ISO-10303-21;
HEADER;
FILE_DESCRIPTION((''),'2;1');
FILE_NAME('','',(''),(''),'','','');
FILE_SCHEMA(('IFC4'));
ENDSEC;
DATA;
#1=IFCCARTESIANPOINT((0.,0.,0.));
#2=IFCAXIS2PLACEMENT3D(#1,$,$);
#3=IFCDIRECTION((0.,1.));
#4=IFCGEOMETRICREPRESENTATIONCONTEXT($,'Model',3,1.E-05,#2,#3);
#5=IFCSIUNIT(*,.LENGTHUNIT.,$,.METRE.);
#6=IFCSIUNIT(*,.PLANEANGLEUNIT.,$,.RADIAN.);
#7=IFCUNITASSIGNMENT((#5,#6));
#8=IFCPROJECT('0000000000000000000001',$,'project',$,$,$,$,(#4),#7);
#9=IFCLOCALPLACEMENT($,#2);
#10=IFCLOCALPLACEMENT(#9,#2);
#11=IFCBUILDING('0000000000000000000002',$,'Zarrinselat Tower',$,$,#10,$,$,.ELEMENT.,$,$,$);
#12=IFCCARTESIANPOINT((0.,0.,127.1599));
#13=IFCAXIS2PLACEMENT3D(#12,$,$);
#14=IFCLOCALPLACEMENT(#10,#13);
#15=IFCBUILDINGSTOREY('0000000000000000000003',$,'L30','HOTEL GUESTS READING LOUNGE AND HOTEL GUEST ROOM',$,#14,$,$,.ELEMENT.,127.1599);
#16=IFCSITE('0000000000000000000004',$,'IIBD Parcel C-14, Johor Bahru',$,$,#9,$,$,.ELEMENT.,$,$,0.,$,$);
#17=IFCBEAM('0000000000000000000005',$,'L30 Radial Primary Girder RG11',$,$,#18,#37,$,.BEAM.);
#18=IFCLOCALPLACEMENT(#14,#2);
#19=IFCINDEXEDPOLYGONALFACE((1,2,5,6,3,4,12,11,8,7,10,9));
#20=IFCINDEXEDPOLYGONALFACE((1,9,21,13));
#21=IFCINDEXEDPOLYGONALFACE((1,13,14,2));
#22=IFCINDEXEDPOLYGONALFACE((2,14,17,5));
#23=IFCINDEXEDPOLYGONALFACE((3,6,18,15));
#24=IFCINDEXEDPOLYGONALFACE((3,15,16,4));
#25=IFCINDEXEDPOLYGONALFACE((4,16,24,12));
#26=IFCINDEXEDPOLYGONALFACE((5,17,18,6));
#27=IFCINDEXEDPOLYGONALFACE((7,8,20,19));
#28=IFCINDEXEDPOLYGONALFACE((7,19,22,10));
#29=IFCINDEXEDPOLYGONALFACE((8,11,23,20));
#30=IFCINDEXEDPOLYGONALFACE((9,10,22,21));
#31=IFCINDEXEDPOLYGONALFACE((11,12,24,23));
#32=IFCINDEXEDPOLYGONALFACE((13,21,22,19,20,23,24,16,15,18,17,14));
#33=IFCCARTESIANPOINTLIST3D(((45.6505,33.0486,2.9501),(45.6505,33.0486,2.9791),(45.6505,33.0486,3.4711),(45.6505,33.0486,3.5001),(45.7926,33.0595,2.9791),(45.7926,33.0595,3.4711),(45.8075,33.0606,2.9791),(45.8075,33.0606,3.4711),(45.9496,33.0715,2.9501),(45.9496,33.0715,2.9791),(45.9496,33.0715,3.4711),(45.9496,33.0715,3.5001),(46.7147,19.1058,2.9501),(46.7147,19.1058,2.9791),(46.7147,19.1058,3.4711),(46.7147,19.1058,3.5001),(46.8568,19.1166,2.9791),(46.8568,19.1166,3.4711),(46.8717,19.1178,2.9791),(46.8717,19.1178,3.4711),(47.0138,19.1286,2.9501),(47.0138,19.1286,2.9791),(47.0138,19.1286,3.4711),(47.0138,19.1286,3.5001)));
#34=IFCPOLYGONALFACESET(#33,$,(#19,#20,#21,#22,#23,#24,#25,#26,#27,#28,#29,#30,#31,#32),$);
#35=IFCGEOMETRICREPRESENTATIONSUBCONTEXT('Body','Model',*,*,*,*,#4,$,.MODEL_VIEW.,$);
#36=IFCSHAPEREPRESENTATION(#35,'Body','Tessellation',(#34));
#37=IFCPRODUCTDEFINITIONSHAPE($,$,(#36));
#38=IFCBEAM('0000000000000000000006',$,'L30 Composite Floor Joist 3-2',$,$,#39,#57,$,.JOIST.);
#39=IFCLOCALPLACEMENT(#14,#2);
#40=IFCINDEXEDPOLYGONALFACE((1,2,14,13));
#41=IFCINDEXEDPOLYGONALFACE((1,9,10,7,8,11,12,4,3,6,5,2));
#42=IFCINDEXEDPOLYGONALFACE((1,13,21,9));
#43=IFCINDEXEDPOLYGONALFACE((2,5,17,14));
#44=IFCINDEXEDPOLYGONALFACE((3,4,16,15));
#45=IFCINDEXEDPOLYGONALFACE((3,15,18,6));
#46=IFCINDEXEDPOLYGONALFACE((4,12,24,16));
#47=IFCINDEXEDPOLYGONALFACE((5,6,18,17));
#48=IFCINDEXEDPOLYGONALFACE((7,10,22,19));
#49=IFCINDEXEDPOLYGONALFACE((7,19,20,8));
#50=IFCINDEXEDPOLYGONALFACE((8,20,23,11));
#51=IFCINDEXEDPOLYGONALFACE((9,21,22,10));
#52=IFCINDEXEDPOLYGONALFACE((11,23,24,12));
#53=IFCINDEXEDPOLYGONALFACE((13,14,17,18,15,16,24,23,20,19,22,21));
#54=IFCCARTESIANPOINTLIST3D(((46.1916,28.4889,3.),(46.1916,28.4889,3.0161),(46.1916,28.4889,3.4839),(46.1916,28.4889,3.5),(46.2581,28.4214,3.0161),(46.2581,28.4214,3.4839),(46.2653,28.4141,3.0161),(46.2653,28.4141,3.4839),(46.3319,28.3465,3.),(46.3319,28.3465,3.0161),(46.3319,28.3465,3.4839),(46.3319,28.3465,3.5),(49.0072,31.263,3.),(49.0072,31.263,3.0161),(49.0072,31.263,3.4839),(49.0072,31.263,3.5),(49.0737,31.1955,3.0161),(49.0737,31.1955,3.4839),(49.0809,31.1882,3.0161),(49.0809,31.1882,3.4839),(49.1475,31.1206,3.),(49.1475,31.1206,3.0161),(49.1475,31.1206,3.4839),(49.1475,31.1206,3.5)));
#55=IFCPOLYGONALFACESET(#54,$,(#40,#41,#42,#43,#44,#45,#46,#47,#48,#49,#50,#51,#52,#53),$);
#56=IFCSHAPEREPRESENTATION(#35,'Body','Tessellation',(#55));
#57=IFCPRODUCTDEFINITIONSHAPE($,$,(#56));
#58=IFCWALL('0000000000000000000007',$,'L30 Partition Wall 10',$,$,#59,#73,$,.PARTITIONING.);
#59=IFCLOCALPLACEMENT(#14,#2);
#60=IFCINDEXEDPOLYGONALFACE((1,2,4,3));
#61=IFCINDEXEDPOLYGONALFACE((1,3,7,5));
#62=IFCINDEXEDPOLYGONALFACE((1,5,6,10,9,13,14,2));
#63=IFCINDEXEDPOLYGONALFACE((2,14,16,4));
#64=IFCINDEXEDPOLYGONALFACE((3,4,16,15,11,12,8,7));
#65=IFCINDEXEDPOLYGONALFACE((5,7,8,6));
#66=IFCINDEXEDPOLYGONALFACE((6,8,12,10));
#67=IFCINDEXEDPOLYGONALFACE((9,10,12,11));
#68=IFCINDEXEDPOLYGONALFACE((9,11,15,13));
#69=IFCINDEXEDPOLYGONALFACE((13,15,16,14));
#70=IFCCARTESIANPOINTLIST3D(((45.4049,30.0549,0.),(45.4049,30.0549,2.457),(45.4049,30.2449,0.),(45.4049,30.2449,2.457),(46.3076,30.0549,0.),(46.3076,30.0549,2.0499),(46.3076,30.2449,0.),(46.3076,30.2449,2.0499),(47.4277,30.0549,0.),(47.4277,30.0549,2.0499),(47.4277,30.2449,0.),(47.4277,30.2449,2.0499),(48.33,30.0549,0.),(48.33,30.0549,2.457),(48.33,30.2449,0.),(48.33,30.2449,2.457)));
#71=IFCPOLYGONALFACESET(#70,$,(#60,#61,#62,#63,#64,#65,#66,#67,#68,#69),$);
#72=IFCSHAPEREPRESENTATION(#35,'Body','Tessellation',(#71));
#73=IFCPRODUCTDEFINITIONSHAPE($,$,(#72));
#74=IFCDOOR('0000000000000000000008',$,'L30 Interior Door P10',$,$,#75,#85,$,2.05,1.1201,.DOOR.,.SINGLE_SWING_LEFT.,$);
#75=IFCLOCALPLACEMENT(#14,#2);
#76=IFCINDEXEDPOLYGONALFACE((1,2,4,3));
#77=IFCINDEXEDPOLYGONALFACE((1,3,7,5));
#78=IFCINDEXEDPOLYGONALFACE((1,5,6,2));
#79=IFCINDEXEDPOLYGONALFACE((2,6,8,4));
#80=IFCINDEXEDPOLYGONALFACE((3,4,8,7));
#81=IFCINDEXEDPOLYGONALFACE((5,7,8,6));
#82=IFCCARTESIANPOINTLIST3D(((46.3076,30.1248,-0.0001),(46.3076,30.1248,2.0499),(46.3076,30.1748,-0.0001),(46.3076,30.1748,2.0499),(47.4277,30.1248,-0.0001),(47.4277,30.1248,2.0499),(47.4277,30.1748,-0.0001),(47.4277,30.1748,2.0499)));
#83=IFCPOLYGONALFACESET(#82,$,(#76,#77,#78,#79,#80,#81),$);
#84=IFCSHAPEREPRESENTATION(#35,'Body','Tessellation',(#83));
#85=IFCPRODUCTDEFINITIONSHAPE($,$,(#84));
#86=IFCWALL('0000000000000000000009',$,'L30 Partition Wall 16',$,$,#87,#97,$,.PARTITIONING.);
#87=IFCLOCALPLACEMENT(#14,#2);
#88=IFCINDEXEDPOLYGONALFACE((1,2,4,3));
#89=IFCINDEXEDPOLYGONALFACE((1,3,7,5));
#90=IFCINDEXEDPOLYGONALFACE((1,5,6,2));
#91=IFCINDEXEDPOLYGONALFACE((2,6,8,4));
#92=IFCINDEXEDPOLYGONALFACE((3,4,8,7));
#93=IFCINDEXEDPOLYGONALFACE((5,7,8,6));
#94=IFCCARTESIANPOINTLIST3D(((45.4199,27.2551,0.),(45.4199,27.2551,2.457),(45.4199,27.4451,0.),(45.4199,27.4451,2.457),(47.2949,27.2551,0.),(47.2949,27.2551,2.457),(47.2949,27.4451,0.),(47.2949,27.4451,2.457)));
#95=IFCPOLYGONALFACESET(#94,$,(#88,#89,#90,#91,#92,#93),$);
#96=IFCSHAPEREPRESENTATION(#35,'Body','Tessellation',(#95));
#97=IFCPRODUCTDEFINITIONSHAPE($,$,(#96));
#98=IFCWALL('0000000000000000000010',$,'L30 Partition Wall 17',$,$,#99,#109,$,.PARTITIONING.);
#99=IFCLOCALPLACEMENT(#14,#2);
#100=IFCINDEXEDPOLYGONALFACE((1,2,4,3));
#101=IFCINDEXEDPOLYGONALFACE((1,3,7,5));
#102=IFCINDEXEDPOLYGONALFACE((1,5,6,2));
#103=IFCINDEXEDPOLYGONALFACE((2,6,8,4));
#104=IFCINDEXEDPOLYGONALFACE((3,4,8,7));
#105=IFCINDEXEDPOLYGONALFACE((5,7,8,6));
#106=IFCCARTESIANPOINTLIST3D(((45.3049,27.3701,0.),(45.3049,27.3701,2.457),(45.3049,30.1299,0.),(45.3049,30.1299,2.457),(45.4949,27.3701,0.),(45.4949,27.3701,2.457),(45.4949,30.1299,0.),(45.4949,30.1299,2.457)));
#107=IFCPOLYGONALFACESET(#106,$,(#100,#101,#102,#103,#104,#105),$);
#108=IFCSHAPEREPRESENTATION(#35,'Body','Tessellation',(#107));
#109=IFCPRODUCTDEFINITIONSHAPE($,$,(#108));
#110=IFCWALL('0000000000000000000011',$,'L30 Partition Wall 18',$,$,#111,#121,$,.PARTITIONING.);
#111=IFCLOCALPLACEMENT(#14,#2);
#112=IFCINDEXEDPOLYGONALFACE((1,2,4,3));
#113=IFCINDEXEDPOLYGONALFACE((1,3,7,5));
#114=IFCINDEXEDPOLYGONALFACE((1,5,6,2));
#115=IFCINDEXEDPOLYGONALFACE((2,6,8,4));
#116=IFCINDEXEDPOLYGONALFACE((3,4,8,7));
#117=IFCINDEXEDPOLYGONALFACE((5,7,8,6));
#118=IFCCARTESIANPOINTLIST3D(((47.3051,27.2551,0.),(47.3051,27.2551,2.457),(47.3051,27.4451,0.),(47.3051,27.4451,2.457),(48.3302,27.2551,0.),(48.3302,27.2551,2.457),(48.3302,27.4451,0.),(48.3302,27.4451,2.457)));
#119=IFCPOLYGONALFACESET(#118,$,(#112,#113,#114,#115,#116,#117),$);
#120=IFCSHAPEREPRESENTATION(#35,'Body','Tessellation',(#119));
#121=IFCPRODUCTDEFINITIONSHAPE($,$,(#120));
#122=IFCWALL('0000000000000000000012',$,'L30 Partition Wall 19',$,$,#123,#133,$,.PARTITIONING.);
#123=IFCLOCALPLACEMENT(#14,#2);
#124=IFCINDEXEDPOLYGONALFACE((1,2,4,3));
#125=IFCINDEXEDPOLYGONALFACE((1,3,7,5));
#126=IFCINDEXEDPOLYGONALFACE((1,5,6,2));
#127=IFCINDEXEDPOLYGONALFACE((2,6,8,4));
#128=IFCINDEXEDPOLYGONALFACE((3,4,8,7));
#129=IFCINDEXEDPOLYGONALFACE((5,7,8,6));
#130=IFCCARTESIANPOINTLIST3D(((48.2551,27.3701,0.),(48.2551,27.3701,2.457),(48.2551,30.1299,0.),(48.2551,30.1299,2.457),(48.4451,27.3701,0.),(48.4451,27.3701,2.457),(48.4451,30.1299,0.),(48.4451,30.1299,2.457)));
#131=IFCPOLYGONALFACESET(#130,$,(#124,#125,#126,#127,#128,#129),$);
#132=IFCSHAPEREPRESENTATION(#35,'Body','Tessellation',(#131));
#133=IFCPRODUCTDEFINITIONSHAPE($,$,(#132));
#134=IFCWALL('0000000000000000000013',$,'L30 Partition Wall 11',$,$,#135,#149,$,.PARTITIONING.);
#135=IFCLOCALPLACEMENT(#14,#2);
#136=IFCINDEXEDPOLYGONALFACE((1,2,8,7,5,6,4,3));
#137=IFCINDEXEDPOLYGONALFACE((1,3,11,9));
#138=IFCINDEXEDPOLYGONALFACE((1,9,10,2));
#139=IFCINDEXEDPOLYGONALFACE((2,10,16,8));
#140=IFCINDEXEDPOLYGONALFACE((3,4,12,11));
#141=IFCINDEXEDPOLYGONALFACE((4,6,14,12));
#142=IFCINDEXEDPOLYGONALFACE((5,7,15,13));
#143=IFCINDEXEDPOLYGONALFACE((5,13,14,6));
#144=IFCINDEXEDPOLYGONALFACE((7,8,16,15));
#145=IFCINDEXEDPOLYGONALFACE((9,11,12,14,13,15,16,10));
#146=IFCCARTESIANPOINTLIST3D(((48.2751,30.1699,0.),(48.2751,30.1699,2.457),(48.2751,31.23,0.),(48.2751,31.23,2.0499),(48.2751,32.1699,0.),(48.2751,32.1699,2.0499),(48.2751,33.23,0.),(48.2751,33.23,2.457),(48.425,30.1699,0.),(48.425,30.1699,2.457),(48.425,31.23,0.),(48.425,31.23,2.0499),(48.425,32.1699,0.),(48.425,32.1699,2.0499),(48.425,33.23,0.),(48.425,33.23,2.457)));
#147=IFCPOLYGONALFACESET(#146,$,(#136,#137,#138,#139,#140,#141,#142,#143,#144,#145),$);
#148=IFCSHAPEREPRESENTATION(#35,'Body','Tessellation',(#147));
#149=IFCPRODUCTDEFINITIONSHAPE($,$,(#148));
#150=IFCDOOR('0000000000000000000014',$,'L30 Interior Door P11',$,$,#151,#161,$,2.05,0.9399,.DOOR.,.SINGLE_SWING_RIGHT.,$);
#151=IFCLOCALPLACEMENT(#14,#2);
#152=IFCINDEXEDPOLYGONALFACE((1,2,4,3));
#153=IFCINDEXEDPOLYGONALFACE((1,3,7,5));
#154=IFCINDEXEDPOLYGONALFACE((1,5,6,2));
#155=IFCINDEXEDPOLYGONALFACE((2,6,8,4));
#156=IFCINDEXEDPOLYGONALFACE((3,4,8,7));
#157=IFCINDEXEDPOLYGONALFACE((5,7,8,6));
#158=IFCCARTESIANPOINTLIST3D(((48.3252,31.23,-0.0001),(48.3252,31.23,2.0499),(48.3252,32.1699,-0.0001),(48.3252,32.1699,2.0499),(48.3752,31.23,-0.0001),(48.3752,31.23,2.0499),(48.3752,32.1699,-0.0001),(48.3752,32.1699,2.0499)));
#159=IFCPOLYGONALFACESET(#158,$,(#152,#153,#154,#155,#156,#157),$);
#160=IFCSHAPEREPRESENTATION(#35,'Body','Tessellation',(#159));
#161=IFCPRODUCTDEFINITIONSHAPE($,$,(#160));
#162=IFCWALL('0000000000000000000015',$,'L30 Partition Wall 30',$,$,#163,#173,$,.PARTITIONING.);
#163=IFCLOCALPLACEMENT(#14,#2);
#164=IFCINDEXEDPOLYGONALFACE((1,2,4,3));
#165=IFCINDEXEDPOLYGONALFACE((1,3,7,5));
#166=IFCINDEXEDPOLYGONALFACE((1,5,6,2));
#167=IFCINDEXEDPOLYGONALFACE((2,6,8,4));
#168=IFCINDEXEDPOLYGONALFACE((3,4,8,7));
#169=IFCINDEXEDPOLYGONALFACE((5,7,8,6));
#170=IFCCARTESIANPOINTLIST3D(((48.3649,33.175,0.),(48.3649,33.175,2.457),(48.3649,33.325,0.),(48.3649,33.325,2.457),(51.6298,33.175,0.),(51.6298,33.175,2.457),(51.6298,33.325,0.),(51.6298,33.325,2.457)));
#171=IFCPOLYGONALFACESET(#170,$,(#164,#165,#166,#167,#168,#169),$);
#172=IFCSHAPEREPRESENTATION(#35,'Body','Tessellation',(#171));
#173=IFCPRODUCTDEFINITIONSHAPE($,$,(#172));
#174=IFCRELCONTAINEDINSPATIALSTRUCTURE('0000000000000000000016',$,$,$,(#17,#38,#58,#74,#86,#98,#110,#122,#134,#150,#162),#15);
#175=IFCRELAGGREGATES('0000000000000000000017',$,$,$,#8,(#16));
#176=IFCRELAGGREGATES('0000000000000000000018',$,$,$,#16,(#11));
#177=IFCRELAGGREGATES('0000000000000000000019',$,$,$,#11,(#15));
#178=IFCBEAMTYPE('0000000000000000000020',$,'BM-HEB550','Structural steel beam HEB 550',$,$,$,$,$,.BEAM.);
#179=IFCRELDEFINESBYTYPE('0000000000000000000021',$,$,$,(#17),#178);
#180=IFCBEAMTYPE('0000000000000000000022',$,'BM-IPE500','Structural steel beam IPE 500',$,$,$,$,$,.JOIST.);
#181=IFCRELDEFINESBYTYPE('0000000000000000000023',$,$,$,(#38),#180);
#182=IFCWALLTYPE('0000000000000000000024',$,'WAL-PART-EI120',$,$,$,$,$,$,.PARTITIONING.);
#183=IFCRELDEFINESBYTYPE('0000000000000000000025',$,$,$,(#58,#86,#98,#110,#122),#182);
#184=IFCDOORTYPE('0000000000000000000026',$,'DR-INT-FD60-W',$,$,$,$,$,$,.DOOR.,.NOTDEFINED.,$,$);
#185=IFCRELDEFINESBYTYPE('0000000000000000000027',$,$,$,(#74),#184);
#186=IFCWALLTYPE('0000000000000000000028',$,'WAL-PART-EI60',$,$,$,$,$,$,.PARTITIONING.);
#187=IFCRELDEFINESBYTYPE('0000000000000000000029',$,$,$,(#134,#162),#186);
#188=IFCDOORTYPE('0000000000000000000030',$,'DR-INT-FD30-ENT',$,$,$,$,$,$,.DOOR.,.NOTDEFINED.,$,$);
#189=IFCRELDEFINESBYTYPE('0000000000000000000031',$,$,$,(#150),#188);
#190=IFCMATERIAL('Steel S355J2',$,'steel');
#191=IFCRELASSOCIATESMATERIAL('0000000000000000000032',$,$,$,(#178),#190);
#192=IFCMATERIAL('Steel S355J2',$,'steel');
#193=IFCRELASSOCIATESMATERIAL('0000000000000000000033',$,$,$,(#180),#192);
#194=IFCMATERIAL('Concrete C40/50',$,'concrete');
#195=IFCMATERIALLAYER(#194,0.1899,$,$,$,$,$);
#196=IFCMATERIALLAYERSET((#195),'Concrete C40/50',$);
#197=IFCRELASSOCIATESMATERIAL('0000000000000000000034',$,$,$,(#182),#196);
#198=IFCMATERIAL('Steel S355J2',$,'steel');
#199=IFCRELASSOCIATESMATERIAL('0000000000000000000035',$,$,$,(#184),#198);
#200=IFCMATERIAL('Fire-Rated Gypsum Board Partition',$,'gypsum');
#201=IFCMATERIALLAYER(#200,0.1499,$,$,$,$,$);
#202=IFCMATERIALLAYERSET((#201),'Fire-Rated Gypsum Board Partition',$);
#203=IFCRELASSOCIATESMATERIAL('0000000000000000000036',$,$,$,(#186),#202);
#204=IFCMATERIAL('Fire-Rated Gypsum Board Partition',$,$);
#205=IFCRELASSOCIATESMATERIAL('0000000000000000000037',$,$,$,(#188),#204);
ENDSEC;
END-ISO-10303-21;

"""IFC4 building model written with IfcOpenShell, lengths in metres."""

from ifc_helpers import new_model, si_unit, direction, frame, frame_2d, origin, origin_2d, place, context, subcontext, project, spatial, rectangle, i_section, extrude, material, layer, layer_set, material_profile, profile_set, type_object, element, fill, save


model = new_model("IFC4")

# Units and contexts
model_context = context("Model", 3, precision=1e-05, world=origin(), true_north=direction((0.0, 1.0)))
body_context = subcontext(model_context, "Body", "Model", "MODEL_VIEW")
ifc_project = project(units=[si_unit("LENGTHUNIT", "METRE"), si_unit("PLANEANGLEUNIT", "RADIAN")], contexts=[model_context])

# Site, building, storey
site_placement = place(None, origin())
site = spatial("IfcSite", under=ifc_project, at=site_placement, Name="IIBD Parcel C-14, Johor Bahru", CompositionType="ELEMENT", RefElevation=0.0)
building_placement = place(site_placement, origin())
building = spatial("IfcBuilding", under=site, at=building_placement, Name="Zarrinselat Tower", CompositionType="ELEMENT")
storey_placement = place(building_placement, frame((0.0, 0.0, 127.1599)))
storey = spatial("IfcBuildingStorey", under=building, at=storey_placement, Name="L30", Description="HOTEL GUESTS READING LOUNGE AND HOTEL GUEST ROOM", CompositionType="ELEMENT", Elevation=127.1599)

# Beams
ifc_material_1 = material(Name="Steel S355J2", Category="steel")
ifc_material_profile_1 = material_profile(ifc_material_1, i_section(OverallWidth=0.3, OverallDepth=0.55, WebThickness=0.0149, FlangeThickness=0.0291, at=origin_2d()), Name="HEB 550")
ifc_profile_set_1 = profile_set([ifc_material_profile_1], Name="Steel S355J2")
beam_type_1 = type_object("IfcBeamType", Name="BM-HEB550", Description="Structural steel beam HEB 550", PredefinedType="BEAM", material=ifc_profile_set_1)
beam_1_placement = place(storey_placement, frame((45.8, 33.0601, 3.2251), z_axis=(0.076105, -0.9971, 0.0), x_axis=(0.9971, 0.076105, 0.0)))
element("IfcBeam", 1, at=beam_1_placement, inside=storey, type_object=beam_type_1, Name="L30 Radial Primary Girder RG11", PredefinedType="BEAM", context=body_context, shape_type="SweptSolid", body=[
    extrude(i_section(OverallWidth=0.3, OverallDepth=0.55, WebThickness=0.0149, FlangeThickness=0.0291, at=origin_2d()), origin(), (0.0, 0.0, 1.0), 13.9834),
])
ifc_material_2 = material(Name="Steel S355J2", Category="steel")
ifc_material_profile_2 = material_profile(ifc_material_2, i_section(OverallWidth=0.2, OverallDepth=0.5, WebThickness=0.0103, FlangeThickness=0.0161, at=origin_2d()), Name="IPE 500")
ifc_profile_set_2 = profile_set([ifc_material_profile_2], Name="Steel S355J2")
beam_type_2 = type_object("IfcBeamType", Name="BM-IPE500", Description="Structural steel beam IPE 500", PredefinedType="JOIST", material=ifc_profile_set_2)
beam_2_placement = place(storey_placement, frame((46.2617, 28.4177, 3.25), z_axis=(0.712337, 0.701837, 0.0), x_axis=(-0.701837, 0.712337, 0.0)))
element("IfcBeam", 2, at=beam_2_placement, inside=storey, type_object=beam_type_2, Name="L30 Composite Floor Joist 3-2", PredefinedType="JOIST", context=body_context, shape_type="SweptSolid", body=[
    extrude(i_section(OverallWidth=0.2, OverallDepth=0.5, WebThickness=0.0103, FlangeThickness=0.0161, at=origin_2d()), origin(), (0.0, 0.0, 1.0), 3.9526),
])

# Wall, opening, door
ifc_material_3 = material(Name="Concrete C40/50", Category="concrete")
ifc_layer_1 = layer(ifc_material_3, 0.1899)
ifc_layer_set_1 = layer_set([ifc_layer_1], Name="Concrete C40/50")
wall_type_1 = type_object("IfcWallType", Name="WAL-PART-EI120", PredefinedType="PARTITIONING", material=ifc_layer_set_1)
wall_1_placement = place(storey_placement, frame((45.405, 30.1499, 0.0), z_axis=(0.0, 0.0, 1.0), x_axis=(1.0, 0.0, 0.0)))
wall_1 = element("IfcWall", 3, at=wall_1_placement, inside=storey, type_object=wall_type_1, Name="L30 Partition Wall 10", PredefinedType="PARTITIONING", context=body_context, shape_type="SweptSolid", body=[
    extrude(rectangle(XDim=2.925, YDim=0.1899, at=frame_2d((1.4624, 0.0))), origin(), (0.0, 0.0, 1.0), 2.457),
])
opening_1_placement = place(wall_1_placement, frame((0.9026, 0.0, 0.0)))
opening_1 = element("IfcOpeningElement", 4, at=opening_1_placement, cuts=wall_1, PredefinedType="OPENING", context=body_context, shape_type="SweptSolid", body=[
    extrude(rectangle(XDim=1.1201, YDim=2.05, at=frame_2d((0.5601, 1.0249))), frame((0.0, 0.105, 0.0), z_axis=(0.0, -1.0, 0.0), x_axis=(1.0, 0.0, 0.0)), (0.0, 0.0, 1.0), 0.21),
])
ifc_material_4 = material(Name="Steel S355J2", Category="steel")
door_type_1 = type_object("IfcDoorType", Name="DR-INT-FD60-W", OperationType="NOTDEFINED", PredefinedType="DOOR", material=ifc_material_4)
door_1_placement = place(opening_1_placement, origin())
door_1 = element("IfcDoor", 5, at=door_1_placement, inside=storey, type_object=door_type_1, Name="L30 Interior Door P10", OperationType="SINGLE_SWING_LEFT", OverallHeight=2.05, OverallWidth=1.1201, PredefinedType="DOOR", context=body_context, shape_type="SweptSolid", body=[
    extrude(rectangle(XDim=1.1201, YDim=2.05, at=frame_2d((0.5601, 1.0249))), frame((0.0, 0.0249, 0.0), z_axis=(0.0, -1.0, 0.0), x_axis=(1.0, 0.0, 0.0)), (0.0, 0.0, 1.0), 0.05),
])
fill(opening_1, door_1)

# Walls
wall_2_placement = place(storey_placement, frame((45.4199, 27.3501, 0.0), z_axis=(0.0, 0.0, 1.0), x_axis=(1.0, 0.0, 0.0)))
element("IfcWall", 6, at=wall_2_placement, inside=storey, type_object=wall_type_1, Name="L30 Partition Wall 16", PredefinedType="PARTITIONING", context=body_context, shape_type="SweptSolid", body=[
    extrude(rectangle(XDim=1.875, YDim=0.1899, at=frame_2d((0.9375, 0.0))), origin(), (0.0, 0.0, 1.0), 2.457),
])
wall_3_placement = place(storey_placement, frame((45.3999, 27.3701, 0.0), z_axis=(0.0, 0.0, 1.0), x_axis=(0.0, 1.0, 0.0)))
element("IfcWall", 7, at=wall_3_placement, inside=storey, type_object=wall_type_1, Name="L30 Partition Wall 17", PredefinedType="PARTITIONING", context=body_context, shape_type="SweptSolid", body=[
    extrude(rectangle(XDim=2.7598, YDim=0.1899, at=frame_2d((1.3799, 0.0))), origin(), (0.0, 0.0, 1.0), 2.457),
])
wall_4_placement = place(storey_placement, frame((47.3049, 27.3501, 0.0), z_axis=(0.0, 0.0, 1.0), x_axis=(1.0, 0.0, 0.0)))
element("IfcWall", 8, at=wall_4_placement, inside=storey, type_object=wall_type_1, Name="L30 Partition Wall 18", PredefinedType="PARTITIONING", context=body_context, shape_type="SweptSolid", body=[
    extrude(rectangle(XDim=1.0251, YDim=0.1899, at=frame_2d((0.5127, 0.0))), origin(), (0.0, 0.0, 1.0), 2.457),
])
wall_5_placement = place(storey_placement, frame((48.3501, 27.3701, 0.0), z_axis=(0.0, 0.0, 1.0), x_axis=(0.0, 1.0, 0.0)))
element("IfcWall", 9, at=wall_5_placement, inside=storey, type_object=wall_type_1, Name="L30 Partition Wall 19", PredefinedType="PARTITIONING", context=body_context, shape_type="SweptSolid", body=[
    extrude(rectangle(XDim=2.7598, YDim=0.1899, at=frame_2d((1.3799, 0.0))), origin(), (0.0, 0.0, 1.0), 2.457),
])

# Wall, opening, door
ifc_material_5 = material(Name="Fire-Rated Gypsum Board Partition", Category="gypsum")
ifc_layer_2 = layer(ifc_material_5, 0.1499)
ifc_layer_set_2 = layer_set([ifc_layer_2], Name="Fire-Rated Gypsum Board Partition")
wall_type_2 = type_object("IfcWallType", Name="WAL-PART-EI60", PredefinedType="PARTITIONING", material=ifc_layer_set_2)
wall_6_placement = place(storey_placement, frame((48.3501, 30.1699, 0.0), z_axis=(0.0, 0.0, 1.0), x_axis=(0.0, 1.0, 0.0)))
wall_6 = element("IfcWall", 10, at=wall_6_placement, inside=storey, type_object=wall_type_2, Name="L30 Partition Wall 11", PredefinedType="PARTITIONING", context=body_context, shape_type="SweptSolid", body=[
    extrude(rectangle(XDim=3.0601, YDim=0.1499, at=frame_2d((1.53, 0.0))), origin(), (0.0, 0.0, 1.0), 2.457),
])
opening_2_placement = place(wall_6_placement, frame((1.0601, 0.0, 0.0)))
opening_2 = element("IfcOpeningElement", 11, at=opening_2_placement, cuts=wall_6, PredefinedType="OPENING", context=body_context, shape_type="SweptSolid", body=[
    extrude(rectangle(XDim=0.9399, YDim=2.05, at=frame_2d((0.47, 1.0249))), frame((0.0, 0.085, 0.0), z_axis=(0.0, -1.0, 0.0), x_axis=(1.0, 0.0, 0.0)), (0.0, 0.0, 1.0), 0.1699),
])
ifc_material_6 = material(Name="Fire-Rated Gypsum Board Partition")
door_type_2 = type_object("IfcDoorType", Name="DR-INT-FD30-ENT", OperationType="NOTDEFINED", PredefinedType="DOOR", material=ifc_material_6)
door_2_placement = place(opening_2_placement, origin())
door_2 = element("IfcDoor", 12, at=door_2_placement, inside=storey, type_object=door_type_2, Name="L30 Interior Door P11", OperationType="SINGLE_SWING_RIGHT", OverallHeight=2.05, OverallWidth=0.9399, PredefinedType="DOOR", context=body_context, shape_type="SweptSolid", body=[
    extrude(rectangle(XDim=0.9399, YDim=2.05, at=frame_2d((0.47, 1.0249))), frame((0.0, 0.0249, 0.0), z_axis=(0.0, -1.0, 0.0), x_axis=(1.0, 0.0, 0.0)), (0.0, 0.0, 1.0), 0.05),
])
fill(opening_2, door_2)

# Wall
wall_7_placement = place(storey_placement, frame((48.365, 33.25, 0.0), z_axis=(0.0, 0.0, 1.0), x_axis=(1.0, 0.0, 0.0)))
element("IfcWall", 13, at=wall_7_placement, inside=storey, type_object=wall_type_2, Name="L30 Partition Wall 30", PredefinedType="PARTITIONING", context=body_context, shape_type="SweptSolid", body=[
    extrude(rectangle(XDim=3.2649, YDim=0.1499, at=frame_2d((1.6323, 0.0))), origin(), (0.0, 0.0, 1.0), 2.457),
])

save(model, "model.ifc")
